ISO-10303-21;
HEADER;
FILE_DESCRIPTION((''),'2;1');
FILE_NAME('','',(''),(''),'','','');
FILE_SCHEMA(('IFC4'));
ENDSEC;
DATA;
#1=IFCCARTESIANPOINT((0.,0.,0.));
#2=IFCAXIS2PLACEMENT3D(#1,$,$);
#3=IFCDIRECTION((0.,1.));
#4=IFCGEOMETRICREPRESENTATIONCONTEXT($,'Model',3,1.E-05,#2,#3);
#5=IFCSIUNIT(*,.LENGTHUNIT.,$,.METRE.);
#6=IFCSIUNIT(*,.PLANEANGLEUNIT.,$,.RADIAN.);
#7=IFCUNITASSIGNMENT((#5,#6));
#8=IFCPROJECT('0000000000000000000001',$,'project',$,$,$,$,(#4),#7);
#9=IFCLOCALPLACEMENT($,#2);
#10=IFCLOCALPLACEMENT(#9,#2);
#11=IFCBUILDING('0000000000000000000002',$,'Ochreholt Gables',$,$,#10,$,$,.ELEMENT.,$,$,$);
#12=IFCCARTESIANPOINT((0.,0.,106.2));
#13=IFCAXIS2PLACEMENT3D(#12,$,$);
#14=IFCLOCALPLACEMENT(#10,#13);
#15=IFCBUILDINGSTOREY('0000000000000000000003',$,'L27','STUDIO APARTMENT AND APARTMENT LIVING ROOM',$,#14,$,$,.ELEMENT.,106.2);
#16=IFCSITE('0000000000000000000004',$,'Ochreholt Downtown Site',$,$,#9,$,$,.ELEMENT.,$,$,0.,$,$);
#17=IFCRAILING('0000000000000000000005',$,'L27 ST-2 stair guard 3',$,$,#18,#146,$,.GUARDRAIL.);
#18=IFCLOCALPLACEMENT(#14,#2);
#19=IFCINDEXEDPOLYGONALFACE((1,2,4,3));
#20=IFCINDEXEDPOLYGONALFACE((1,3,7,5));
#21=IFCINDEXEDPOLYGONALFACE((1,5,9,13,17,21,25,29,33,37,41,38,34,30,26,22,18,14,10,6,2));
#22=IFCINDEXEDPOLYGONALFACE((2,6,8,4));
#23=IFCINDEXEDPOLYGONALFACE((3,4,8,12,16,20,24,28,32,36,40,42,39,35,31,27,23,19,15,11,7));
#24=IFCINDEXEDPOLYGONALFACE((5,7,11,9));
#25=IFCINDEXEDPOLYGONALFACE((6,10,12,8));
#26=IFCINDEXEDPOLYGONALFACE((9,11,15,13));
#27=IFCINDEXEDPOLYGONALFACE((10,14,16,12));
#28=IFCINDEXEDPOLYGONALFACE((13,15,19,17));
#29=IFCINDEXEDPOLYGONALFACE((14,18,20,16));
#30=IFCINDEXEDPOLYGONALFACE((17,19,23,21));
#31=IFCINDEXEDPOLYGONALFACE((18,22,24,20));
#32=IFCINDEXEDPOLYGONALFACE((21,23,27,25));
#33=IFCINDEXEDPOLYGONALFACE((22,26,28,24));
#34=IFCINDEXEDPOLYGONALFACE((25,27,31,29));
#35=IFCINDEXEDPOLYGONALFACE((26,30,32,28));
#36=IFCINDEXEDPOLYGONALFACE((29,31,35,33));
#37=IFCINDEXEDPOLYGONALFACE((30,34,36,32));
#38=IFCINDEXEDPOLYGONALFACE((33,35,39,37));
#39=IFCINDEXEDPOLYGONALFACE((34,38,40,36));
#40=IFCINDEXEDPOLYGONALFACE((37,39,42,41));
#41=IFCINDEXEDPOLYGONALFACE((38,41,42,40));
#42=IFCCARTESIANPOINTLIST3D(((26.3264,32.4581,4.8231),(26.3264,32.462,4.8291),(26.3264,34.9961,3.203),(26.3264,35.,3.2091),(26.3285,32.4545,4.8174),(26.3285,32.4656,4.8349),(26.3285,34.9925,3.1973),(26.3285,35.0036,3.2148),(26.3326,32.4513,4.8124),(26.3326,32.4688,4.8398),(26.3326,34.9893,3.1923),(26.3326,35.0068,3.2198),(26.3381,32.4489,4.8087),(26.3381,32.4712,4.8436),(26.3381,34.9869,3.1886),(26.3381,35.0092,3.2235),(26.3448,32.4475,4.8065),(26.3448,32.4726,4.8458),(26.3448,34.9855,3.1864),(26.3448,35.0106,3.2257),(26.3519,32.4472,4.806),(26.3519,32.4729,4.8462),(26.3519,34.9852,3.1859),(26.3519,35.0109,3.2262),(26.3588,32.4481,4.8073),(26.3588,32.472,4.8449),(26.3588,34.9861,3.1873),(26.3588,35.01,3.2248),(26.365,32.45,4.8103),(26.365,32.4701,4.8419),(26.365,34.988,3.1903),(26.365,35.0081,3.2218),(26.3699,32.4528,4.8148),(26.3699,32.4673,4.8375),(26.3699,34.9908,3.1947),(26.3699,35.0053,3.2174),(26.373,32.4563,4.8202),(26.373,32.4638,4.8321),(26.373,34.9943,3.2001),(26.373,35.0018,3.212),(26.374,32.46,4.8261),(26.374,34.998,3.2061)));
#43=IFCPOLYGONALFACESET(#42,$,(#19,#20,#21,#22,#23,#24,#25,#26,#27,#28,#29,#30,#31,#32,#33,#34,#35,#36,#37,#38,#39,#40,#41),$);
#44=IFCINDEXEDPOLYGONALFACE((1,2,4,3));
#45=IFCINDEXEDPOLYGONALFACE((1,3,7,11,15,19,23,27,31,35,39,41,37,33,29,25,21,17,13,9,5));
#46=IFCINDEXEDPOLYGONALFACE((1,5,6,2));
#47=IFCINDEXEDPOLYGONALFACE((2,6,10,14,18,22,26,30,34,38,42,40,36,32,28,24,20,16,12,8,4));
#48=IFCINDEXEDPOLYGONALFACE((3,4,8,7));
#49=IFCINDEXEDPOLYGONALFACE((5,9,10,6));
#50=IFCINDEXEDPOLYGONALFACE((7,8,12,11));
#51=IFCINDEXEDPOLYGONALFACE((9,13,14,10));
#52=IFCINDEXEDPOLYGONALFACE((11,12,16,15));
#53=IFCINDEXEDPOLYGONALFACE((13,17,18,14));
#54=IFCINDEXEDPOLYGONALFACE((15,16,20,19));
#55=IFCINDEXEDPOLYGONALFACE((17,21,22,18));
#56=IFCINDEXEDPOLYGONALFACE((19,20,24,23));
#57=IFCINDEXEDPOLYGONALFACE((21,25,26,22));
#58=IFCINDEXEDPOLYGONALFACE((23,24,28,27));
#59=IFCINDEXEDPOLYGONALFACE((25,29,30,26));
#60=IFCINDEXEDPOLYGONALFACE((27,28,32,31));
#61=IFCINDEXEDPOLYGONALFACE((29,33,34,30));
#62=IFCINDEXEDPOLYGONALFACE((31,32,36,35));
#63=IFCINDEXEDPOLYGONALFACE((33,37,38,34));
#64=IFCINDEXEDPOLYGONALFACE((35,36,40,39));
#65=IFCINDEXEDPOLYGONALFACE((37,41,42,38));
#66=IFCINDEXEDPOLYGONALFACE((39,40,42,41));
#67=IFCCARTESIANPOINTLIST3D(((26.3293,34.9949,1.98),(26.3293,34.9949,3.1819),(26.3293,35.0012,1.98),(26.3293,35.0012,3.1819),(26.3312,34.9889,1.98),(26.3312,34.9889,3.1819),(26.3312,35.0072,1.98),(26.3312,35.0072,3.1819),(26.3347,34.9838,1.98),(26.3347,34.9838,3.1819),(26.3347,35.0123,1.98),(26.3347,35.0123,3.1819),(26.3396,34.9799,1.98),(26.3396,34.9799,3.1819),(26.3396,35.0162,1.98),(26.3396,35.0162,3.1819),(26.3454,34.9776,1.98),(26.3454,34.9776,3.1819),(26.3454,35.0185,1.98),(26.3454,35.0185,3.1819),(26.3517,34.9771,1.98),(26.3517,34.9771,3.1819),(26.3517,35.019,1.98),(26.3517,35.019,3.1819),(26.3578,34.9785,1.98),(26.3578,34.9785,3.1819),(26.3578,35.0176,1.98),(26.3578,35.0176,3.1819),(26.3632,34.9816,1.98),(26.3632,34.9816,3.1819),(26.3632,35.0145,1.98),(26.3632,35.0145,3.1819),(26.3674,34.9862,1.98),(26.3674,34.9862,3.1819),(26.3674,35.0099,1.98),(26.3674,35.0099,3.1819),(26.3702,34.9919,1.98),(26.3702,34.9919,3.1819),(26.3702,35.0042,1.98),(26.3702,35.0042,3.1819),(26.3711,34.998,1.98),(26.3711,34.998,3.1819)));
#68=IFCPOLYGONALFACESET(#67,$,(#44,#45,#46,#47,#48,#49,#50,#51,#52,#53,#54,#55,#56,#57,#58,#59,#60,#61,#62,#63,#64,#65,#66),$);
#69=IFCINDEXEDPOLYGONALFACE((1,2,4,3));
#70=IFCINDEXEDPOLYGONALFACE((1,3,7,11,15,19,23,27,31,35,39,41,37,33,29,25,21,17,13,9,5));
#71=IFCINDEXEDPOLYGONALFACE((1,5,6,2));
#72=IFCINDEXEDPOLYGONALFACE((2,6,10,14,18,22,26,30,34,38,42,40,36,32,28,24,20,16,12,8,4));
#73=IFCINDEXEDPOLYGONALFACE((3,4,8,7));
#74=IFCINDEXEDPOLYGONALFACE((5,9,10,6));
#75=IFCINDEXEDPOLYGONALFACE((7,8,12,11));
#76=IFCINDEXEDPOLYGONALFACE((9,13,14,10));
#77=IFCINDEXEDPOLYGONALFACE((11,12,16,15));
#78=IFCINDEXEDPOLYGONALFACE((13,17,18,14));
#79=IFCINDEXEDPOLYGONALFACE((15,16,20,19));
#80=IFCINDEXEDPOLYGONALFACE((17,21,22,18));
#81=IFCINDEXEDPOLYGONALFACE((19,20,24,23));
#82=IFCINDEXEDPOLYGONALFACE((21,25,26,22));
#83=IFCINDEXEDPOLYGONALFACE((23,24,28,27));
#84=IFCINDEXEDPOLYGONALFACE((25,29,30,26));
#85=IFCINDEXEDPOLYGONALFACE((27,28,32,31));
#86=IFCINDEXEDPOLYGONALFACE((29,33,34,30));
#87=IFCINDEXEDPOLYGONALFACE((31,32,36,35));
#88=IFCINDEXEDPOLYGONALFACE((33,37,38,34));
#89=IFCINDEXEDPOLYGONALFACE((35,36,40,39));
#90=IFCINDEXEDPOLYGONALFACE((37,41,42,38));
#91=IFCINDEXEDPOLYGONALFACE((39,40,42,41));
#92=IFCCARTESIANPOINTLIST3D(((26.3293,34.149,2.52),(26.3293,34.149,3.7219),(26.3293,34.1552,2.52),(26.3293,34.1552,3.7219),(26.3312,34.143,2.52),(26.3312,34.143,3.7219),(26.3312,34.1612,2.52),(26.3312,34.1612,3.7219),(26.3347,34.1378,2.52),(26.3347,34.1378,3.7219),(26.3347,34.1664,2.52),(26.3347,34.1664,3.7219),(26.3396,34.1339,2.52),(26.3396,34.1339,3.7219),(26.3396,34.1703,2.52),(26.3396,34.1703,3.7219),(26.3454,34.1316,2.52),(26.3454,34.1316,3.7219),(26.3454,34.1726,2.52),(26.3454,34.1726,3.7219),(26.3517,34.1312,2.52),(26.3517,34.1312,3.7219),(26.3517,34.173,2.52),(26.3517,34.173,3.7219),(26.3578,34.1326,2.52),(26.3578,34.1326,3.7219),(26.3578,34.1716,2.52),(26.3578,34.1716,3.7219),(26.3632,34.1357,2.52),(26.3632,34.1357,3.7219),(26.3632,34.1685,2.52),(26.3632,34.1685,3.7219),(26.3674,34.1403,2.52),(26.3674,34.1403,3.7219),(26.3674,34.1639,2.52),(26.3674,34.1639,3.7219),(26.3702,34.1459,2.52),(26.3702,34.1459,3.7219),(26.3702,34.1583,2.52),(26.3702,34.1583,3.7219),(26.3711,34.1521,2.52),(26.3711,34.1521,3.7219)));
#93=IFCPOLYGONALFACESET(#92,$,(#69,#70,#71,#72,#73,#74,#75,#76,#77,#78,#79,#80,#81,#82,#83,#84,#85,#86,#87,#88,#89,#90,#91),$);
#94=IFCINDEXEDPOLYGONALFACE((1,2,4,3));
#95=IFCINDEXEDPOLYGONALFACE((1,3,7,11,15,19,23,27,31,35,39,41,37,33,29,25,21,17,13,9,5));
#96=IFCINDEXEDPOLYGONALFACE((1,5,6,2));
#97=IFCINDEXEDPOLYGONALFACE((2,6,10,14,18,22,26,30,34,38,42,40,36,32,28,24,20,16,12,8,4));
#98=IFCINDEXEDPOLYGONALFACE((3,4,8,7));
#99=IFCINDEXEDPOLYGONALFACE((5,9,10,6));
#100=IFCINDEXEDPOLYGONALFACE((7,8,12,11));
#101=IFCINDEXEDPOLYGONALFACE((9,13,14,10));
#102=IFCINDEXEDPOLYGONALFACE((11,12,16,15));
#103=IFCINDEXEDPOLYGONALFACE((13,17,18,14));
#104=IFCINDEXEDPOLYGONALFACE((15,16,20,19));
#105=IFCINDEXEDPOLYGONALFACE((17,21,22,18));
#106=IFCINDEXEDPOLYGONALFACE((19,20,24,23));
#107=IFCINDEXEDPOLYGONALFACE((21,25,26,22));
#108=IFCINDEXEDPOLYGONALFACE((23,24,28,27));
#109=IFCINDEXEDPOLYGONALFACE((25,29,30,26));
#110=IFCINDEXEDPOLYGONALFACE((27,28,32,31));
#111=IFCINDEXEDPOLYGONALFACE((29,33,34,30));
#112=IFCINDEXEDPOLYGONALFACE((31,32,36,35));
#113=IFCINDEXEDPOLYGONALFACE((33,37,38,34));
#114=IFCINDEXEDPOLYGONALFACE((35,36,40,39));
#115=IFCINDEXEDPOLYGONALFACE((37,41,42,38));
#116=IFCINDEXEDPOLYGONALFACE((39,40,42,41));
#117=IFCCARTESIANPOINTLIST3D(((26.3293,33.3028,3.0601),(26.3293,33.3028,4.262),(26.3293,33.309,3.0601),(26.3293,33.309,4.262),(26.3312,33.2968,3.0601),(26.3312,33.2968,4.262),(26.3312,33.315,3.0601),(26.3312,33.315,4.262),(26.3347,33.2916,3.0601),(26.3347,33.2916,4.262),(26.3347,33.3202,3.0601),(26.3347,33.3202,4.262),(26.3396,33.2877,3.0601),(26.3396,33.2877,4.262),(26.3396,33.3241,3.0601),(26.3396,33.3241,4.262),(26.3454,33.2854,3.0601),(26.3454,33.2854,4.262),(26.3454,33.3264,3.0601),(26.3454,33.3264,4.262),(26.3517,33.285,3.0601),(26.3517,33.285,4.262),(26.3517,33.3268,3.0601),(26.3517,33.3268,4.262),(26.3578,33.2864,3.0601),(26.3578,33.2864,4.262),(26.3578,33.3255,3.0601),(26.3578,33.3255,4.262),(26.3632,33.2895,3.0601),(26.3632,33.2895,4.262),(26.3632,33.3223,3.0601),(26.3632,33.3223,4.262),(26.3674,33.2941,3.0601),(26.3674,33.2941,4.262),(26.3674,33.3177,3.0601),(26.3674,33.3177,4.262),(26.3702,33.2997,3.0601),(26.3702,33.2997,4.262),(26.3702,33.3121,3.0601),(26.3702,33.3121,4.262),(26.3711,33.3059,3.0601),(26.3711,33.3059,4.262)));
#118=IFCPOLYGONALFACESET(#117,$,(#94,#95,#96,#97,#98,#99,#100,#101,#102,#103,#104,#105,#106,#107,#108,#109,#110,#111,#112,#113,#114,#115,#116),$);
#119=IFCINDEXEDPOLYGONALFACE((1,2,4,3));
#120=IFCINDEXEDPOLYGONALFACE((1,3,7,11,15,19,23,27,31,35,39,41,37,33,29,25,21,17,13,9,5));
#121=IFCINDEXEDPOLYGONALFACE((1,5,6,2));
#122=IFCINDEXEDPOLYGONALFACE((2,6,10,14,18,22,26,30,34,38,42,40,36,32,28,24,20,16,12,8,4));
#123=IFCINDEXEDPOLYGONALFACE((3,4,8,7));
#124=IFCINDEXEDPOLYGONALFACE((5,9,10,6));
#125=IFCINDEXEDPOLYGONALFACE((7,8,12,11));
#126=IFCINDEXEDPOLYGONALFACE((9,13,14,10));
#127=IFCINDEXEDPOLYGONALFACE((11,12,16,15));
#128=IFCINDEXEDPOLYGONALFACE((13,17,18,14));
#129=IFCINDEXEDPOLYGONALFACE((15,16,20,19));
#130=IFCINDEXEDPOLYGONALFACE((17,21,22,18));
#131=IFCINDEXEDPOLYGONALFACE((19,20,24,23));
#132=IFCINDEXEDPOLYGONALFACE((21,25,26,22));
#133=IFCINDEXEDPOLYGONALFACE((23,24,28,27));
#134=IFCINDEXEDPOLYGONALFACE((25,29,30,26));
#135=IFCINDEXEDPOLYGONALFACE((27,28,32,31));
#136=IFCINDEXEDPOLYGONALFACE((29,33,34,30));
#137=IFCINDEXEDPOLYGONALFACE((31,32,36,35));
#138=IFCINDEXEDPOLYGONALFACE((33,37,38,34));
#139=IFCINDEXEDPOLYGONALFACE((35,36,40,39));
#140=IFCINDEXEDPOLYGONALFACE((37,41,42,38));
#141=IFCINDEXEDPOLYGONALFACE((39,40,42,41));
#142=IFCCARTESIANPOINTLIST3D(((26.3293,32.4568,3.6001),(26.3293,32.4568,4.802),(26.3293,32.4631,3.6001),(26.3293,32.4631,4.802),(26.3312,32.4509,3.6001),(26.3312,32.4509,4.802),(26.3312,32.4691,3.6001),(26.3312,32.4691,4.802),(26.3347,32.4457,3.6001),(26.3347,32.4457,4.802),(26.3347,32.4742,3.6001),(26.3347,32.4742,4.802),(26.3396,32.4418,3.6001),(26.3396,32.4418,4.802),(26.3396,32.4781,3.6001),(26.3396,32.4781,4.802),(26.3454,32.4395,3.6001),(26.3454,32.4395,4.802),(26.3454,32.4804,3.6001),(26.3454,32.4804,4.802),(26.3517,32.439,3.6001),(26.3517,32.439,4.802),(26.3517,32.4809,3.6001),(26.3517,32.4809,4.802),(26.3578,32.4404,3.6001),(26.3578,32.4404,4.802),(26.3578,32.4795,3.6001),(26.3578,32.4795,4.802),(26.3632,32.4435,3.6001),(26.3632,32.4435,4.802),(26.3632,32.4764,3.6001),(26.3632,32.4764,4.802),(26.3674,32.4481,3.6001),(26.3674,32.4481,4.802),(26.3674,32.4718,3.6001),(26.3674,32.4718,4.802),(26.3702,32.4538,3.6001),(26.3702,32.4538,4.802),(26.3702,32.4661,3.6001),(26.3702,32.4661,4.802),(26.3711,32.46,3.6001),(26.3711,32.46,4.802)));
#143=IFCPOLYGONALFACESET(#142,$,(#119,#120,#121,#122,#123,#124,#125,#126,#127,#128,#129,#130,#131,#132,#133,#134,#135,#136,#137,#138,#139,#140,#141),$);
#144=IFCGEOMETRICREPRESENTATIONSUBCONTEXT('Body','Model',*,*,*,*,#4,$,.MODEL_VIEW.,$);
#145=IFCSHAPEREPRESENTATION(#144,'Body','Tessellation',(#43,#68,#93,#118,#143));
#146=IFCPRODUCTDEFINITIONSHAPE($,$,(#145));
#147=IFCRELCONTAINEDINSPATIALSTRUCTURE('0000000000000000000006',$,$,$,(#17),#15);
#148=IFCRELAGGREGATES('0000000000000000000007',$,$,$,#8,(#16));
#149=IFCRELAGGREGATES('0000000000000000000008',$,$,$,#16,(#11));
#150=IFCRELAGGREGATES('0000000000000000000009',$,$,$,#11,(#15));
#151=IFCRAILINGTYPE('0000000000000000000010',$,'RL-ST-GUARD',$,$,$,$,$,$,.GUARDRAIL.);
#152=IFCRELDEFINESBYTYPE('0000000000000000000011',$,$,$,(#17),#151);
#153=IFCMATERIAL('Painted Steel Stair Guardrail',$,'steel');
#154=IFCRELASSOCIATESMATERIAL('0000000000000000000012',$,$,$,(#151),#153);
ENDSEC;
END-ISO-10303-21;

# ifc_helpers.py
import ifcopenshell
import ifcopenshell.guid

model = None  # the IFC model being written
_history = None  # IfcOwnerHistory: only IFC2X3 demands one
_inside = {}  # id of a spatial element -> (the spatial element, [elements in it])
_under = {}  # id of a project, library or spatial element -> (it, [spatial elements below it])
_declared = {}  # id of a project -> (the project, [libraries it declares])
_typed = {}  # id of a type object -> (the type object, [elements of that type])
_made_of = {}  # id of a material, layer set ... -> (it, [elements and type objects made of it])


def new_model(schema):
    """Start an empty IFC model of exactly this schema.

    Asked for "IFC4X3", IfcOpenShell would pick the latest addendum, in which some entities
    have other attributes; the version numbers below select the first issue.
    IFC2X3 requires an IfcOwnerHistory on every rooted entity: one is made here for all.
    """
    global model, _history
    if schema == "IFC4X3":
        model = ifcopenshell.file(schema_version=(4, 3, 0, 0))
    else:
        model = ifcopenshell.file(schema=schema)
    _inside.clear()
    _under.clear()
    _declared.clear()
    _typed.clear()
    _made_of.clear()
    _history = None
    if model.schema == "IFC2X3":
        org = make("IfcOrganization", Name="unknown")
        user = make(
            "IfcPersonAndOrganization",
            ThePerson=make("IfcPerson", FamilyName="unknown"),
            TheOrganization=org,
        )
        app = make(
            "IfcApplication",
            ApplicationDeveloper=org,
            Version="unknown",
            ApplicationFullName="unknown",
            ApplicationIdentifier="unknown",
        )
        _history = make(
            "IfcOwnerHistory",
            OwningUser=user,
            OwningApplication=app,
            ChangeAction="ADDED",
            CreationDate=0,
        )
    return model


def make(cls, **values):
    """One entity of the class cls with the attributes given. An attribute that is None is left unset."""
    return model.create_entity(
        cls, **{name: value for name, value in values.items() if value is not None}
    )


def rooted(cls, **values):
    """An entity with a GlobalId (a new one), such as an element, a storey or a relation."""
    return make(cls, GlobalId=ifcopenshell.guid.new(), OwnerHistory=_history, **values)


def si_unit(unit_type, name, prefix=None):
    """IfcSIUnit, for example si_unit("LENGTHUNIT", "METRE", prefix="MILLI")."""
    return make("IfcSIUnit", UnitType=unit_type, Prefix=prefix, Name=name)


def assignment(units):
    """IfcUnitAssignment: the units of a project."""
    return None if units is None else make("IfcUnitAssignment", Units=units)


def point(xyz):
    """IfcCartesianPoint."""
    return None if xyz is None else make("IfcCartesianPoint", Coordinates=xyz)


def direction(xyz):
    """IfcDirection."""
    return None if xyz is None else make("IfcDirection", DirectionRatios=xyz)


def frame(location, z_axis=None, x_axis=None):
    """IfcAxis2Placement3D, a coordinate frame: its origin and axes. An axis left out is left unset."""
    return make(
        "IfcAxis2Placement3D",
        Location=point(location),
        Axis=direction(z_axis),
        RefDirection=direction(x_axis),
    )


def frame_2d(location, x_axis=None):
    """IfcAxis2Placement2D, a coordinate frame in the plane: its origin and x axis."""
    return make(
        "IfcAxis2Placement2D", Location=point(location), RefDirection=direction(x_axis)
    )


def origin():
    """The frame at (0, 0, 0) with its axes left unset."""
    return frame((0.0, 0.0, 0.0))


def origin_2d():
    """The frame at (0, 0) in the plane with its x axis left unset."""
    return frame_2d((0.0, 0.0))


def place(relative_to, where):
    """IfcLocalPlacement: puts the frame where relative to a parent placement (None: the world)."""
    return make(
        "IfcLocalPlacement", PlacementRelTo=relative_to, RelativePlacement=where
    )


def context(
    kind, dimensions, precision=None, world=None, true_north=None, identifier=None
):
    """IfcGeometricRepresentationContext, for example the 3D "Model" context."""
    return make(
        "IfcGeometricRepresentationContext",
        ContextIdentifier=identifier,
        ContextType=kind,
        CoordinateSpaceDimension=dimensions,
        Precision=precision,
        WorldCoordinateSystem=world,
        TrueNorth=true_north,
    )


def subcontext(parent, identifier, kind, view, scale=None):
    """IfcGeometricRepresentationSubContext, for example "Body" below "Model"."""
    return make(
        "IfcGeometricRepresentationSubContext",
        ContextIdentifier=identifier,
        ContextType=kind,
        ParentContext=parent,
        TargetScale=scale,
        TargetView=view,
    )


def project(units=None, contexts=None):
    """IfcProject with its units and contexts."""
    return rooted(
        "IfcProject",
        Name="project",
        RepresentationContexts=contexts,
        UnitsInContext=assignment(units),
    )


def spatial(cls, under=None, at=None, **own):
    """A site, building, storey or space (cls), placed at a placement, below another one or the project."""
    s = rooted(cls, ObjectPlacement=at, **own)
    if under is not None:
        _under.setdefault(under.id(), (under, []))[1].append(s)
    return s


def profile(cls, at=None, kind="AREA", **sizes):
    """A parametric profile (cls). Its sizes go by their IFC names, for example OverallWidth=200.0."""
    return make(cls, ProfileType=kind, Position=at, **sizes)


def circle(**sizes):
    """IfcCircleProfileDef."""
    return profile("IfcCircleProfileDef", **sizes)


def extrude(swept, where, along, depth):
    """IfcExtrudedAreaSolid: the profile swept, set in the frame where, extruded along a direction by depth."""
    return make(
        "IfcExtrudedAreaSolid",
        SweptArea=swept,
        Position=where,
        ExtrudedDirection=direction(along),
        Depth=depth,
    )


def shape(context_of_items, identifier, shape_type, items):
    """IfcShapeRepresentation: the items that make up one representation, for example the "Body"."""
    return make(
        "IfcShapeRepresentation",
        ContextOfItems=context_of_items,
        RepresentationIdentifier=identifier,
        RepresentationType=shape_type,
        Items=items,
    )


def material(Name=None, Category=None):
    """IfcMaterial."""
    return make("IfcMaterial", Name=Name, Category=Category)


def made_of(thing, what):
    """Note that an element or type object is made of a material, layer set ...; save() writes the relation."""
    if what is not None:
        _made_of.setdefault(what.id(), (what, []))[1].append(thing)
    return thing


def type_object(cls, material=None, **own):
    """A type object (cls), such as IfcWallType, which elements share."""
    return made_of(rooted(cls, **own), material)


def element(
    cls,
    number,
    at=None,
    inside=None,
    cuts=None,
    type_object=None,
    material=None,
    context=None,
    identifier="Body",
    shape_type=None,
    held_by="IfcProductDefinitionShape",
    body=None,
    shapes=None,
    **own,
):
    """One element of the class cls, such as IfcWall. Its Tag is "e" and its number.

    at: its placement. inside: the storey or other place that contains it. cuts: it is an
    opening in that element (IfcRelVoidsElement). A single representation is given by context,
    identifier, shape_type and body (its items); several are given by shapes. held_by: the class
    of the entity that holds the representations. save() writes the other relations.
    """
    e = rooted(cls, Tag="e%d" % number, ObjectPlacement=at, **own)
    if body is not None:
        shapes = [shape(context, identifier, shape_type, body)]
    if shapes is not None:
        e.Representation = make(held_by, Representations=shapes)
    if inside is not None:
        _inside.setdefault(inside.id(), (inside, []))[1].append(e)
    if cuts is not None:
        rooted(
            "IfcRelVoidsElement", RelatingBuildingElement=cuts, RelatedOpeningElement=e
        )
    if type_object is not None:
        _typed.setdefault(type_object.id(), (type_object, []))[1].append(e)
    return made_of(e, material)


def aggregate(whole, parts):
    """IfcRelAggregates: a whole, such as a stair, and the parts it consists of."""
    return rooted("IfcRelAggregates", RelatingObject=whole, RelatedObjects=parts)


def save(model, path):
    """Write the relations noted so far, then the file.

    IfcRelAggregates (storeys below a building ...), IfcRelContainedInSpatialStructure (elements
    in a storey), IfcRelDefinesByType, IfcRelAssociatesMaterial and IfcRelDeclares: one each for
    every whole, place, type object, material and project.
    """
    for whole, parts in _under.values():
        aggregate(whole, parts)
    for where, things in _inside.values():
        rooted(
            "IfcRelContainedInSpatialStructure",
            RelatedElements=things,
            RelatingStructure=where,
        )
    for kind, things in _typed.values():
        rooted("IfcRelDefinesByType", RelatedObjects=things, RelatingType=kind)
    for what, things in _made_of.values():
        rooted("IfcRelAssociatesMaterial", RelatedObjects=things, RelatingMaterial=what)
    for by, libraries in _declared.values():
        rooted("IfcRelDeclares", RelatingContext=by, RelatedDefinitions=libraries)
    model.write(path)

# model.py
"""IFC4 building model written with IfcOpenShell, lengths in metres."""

from ifc_helpers import new_model, si_unit, direction, frame, origin, origin_2d, place, context, subcontext, project, spatial, circle, extrude, material, type_object, element, save


model = new_model("IFC4")

# Units and contexts
model_context = context("Model", 3, precision=1e-05, world=origin(), true_north=direction((0.0, 1.0)))
body_context = subcontext(model_context, "Body", "Model", "MODEL_VIEW")
ifc_project = project(units=[si_unit("LENGTHUNIT", "METRE"), si_unit("PLANEANGLEUNIT", "RADIAN")], contexts=[model_context])

# Site, building, storey
site_placement = place(None, origin())
site = spatial("IfcSite", under=ifc_project, at=site_placement, Name="Ochreholt Downtown Site", CompositionType="ELEMENT", RefElevation=0.0)
building_placement = place(site_placement, origin())
building = spatial("IfcBuilding", under=site, at=building_placement, Name="Ochreholt Gables", CompositionType="ELEMENT")
storey_placement = place(building_placement, frame((0.0, 0.0, 106.2)))
storey = spatial("IfcBuildingStorey", under=building, at=storey_placement, Name="L27", Description="STUDIO APARTMENT AND APARTMENT LIVING ROOM", CompositionType="ELEMENT", Elevation=106.2)

# Railing
ifc_material_1 = material(Name="Painted Steel Stair Guardrail", Category="steel")
railing_type = type_object("IfcRailingType", Name="RL-ST-GUARD", PredefinedType="GUARDRAIL", material=ifc_material_1)
railing_1_placement = place(storey_placement, frame((26.3501, 34.998, 1.98)))
element("IfcRailing", 1, at=railing_1_placement, inside=storey, type_object=railing_type, Name="L27 ST-2 stair guard 3", PredefinedType="GUARDRAIL", context=body_context, shape_type="SweptSolid", body=[
    extrude(circle(Radius=0.0239, at=origin_2d()), frame((0.0, 0.0, 1.2261), z_axis=(0.0, -0.842913, 0.53805), x_axis=(1.0, 0.0, 0.0)), (0.0, 0.0, 1.0), 3.011),
    extrude(circle(Radius=0.021, at=origin_2d()), origin(), (0.0, 0.0, 1.0), 1.2019),
    extrude(circle(Radius=0.021, at=origin_2d()), frame((0.0, -0.8459, 0.54)), (0.0, 0.0, 1.0), 1.2019),
    extrude(circle(Radius=0.021, at=origin_2d()), frame((0.0, -1.6921, 1.0801)), (0.0, 0.0, 1.0), 1.2019),
    extrude(circle(Radius=0.021, at=origin_2d()), frame((0.0, -2.5381, 1.6201)), (0.0, 0.0, 1.0), 1.2019),
])

save(model, "model.ifc")
